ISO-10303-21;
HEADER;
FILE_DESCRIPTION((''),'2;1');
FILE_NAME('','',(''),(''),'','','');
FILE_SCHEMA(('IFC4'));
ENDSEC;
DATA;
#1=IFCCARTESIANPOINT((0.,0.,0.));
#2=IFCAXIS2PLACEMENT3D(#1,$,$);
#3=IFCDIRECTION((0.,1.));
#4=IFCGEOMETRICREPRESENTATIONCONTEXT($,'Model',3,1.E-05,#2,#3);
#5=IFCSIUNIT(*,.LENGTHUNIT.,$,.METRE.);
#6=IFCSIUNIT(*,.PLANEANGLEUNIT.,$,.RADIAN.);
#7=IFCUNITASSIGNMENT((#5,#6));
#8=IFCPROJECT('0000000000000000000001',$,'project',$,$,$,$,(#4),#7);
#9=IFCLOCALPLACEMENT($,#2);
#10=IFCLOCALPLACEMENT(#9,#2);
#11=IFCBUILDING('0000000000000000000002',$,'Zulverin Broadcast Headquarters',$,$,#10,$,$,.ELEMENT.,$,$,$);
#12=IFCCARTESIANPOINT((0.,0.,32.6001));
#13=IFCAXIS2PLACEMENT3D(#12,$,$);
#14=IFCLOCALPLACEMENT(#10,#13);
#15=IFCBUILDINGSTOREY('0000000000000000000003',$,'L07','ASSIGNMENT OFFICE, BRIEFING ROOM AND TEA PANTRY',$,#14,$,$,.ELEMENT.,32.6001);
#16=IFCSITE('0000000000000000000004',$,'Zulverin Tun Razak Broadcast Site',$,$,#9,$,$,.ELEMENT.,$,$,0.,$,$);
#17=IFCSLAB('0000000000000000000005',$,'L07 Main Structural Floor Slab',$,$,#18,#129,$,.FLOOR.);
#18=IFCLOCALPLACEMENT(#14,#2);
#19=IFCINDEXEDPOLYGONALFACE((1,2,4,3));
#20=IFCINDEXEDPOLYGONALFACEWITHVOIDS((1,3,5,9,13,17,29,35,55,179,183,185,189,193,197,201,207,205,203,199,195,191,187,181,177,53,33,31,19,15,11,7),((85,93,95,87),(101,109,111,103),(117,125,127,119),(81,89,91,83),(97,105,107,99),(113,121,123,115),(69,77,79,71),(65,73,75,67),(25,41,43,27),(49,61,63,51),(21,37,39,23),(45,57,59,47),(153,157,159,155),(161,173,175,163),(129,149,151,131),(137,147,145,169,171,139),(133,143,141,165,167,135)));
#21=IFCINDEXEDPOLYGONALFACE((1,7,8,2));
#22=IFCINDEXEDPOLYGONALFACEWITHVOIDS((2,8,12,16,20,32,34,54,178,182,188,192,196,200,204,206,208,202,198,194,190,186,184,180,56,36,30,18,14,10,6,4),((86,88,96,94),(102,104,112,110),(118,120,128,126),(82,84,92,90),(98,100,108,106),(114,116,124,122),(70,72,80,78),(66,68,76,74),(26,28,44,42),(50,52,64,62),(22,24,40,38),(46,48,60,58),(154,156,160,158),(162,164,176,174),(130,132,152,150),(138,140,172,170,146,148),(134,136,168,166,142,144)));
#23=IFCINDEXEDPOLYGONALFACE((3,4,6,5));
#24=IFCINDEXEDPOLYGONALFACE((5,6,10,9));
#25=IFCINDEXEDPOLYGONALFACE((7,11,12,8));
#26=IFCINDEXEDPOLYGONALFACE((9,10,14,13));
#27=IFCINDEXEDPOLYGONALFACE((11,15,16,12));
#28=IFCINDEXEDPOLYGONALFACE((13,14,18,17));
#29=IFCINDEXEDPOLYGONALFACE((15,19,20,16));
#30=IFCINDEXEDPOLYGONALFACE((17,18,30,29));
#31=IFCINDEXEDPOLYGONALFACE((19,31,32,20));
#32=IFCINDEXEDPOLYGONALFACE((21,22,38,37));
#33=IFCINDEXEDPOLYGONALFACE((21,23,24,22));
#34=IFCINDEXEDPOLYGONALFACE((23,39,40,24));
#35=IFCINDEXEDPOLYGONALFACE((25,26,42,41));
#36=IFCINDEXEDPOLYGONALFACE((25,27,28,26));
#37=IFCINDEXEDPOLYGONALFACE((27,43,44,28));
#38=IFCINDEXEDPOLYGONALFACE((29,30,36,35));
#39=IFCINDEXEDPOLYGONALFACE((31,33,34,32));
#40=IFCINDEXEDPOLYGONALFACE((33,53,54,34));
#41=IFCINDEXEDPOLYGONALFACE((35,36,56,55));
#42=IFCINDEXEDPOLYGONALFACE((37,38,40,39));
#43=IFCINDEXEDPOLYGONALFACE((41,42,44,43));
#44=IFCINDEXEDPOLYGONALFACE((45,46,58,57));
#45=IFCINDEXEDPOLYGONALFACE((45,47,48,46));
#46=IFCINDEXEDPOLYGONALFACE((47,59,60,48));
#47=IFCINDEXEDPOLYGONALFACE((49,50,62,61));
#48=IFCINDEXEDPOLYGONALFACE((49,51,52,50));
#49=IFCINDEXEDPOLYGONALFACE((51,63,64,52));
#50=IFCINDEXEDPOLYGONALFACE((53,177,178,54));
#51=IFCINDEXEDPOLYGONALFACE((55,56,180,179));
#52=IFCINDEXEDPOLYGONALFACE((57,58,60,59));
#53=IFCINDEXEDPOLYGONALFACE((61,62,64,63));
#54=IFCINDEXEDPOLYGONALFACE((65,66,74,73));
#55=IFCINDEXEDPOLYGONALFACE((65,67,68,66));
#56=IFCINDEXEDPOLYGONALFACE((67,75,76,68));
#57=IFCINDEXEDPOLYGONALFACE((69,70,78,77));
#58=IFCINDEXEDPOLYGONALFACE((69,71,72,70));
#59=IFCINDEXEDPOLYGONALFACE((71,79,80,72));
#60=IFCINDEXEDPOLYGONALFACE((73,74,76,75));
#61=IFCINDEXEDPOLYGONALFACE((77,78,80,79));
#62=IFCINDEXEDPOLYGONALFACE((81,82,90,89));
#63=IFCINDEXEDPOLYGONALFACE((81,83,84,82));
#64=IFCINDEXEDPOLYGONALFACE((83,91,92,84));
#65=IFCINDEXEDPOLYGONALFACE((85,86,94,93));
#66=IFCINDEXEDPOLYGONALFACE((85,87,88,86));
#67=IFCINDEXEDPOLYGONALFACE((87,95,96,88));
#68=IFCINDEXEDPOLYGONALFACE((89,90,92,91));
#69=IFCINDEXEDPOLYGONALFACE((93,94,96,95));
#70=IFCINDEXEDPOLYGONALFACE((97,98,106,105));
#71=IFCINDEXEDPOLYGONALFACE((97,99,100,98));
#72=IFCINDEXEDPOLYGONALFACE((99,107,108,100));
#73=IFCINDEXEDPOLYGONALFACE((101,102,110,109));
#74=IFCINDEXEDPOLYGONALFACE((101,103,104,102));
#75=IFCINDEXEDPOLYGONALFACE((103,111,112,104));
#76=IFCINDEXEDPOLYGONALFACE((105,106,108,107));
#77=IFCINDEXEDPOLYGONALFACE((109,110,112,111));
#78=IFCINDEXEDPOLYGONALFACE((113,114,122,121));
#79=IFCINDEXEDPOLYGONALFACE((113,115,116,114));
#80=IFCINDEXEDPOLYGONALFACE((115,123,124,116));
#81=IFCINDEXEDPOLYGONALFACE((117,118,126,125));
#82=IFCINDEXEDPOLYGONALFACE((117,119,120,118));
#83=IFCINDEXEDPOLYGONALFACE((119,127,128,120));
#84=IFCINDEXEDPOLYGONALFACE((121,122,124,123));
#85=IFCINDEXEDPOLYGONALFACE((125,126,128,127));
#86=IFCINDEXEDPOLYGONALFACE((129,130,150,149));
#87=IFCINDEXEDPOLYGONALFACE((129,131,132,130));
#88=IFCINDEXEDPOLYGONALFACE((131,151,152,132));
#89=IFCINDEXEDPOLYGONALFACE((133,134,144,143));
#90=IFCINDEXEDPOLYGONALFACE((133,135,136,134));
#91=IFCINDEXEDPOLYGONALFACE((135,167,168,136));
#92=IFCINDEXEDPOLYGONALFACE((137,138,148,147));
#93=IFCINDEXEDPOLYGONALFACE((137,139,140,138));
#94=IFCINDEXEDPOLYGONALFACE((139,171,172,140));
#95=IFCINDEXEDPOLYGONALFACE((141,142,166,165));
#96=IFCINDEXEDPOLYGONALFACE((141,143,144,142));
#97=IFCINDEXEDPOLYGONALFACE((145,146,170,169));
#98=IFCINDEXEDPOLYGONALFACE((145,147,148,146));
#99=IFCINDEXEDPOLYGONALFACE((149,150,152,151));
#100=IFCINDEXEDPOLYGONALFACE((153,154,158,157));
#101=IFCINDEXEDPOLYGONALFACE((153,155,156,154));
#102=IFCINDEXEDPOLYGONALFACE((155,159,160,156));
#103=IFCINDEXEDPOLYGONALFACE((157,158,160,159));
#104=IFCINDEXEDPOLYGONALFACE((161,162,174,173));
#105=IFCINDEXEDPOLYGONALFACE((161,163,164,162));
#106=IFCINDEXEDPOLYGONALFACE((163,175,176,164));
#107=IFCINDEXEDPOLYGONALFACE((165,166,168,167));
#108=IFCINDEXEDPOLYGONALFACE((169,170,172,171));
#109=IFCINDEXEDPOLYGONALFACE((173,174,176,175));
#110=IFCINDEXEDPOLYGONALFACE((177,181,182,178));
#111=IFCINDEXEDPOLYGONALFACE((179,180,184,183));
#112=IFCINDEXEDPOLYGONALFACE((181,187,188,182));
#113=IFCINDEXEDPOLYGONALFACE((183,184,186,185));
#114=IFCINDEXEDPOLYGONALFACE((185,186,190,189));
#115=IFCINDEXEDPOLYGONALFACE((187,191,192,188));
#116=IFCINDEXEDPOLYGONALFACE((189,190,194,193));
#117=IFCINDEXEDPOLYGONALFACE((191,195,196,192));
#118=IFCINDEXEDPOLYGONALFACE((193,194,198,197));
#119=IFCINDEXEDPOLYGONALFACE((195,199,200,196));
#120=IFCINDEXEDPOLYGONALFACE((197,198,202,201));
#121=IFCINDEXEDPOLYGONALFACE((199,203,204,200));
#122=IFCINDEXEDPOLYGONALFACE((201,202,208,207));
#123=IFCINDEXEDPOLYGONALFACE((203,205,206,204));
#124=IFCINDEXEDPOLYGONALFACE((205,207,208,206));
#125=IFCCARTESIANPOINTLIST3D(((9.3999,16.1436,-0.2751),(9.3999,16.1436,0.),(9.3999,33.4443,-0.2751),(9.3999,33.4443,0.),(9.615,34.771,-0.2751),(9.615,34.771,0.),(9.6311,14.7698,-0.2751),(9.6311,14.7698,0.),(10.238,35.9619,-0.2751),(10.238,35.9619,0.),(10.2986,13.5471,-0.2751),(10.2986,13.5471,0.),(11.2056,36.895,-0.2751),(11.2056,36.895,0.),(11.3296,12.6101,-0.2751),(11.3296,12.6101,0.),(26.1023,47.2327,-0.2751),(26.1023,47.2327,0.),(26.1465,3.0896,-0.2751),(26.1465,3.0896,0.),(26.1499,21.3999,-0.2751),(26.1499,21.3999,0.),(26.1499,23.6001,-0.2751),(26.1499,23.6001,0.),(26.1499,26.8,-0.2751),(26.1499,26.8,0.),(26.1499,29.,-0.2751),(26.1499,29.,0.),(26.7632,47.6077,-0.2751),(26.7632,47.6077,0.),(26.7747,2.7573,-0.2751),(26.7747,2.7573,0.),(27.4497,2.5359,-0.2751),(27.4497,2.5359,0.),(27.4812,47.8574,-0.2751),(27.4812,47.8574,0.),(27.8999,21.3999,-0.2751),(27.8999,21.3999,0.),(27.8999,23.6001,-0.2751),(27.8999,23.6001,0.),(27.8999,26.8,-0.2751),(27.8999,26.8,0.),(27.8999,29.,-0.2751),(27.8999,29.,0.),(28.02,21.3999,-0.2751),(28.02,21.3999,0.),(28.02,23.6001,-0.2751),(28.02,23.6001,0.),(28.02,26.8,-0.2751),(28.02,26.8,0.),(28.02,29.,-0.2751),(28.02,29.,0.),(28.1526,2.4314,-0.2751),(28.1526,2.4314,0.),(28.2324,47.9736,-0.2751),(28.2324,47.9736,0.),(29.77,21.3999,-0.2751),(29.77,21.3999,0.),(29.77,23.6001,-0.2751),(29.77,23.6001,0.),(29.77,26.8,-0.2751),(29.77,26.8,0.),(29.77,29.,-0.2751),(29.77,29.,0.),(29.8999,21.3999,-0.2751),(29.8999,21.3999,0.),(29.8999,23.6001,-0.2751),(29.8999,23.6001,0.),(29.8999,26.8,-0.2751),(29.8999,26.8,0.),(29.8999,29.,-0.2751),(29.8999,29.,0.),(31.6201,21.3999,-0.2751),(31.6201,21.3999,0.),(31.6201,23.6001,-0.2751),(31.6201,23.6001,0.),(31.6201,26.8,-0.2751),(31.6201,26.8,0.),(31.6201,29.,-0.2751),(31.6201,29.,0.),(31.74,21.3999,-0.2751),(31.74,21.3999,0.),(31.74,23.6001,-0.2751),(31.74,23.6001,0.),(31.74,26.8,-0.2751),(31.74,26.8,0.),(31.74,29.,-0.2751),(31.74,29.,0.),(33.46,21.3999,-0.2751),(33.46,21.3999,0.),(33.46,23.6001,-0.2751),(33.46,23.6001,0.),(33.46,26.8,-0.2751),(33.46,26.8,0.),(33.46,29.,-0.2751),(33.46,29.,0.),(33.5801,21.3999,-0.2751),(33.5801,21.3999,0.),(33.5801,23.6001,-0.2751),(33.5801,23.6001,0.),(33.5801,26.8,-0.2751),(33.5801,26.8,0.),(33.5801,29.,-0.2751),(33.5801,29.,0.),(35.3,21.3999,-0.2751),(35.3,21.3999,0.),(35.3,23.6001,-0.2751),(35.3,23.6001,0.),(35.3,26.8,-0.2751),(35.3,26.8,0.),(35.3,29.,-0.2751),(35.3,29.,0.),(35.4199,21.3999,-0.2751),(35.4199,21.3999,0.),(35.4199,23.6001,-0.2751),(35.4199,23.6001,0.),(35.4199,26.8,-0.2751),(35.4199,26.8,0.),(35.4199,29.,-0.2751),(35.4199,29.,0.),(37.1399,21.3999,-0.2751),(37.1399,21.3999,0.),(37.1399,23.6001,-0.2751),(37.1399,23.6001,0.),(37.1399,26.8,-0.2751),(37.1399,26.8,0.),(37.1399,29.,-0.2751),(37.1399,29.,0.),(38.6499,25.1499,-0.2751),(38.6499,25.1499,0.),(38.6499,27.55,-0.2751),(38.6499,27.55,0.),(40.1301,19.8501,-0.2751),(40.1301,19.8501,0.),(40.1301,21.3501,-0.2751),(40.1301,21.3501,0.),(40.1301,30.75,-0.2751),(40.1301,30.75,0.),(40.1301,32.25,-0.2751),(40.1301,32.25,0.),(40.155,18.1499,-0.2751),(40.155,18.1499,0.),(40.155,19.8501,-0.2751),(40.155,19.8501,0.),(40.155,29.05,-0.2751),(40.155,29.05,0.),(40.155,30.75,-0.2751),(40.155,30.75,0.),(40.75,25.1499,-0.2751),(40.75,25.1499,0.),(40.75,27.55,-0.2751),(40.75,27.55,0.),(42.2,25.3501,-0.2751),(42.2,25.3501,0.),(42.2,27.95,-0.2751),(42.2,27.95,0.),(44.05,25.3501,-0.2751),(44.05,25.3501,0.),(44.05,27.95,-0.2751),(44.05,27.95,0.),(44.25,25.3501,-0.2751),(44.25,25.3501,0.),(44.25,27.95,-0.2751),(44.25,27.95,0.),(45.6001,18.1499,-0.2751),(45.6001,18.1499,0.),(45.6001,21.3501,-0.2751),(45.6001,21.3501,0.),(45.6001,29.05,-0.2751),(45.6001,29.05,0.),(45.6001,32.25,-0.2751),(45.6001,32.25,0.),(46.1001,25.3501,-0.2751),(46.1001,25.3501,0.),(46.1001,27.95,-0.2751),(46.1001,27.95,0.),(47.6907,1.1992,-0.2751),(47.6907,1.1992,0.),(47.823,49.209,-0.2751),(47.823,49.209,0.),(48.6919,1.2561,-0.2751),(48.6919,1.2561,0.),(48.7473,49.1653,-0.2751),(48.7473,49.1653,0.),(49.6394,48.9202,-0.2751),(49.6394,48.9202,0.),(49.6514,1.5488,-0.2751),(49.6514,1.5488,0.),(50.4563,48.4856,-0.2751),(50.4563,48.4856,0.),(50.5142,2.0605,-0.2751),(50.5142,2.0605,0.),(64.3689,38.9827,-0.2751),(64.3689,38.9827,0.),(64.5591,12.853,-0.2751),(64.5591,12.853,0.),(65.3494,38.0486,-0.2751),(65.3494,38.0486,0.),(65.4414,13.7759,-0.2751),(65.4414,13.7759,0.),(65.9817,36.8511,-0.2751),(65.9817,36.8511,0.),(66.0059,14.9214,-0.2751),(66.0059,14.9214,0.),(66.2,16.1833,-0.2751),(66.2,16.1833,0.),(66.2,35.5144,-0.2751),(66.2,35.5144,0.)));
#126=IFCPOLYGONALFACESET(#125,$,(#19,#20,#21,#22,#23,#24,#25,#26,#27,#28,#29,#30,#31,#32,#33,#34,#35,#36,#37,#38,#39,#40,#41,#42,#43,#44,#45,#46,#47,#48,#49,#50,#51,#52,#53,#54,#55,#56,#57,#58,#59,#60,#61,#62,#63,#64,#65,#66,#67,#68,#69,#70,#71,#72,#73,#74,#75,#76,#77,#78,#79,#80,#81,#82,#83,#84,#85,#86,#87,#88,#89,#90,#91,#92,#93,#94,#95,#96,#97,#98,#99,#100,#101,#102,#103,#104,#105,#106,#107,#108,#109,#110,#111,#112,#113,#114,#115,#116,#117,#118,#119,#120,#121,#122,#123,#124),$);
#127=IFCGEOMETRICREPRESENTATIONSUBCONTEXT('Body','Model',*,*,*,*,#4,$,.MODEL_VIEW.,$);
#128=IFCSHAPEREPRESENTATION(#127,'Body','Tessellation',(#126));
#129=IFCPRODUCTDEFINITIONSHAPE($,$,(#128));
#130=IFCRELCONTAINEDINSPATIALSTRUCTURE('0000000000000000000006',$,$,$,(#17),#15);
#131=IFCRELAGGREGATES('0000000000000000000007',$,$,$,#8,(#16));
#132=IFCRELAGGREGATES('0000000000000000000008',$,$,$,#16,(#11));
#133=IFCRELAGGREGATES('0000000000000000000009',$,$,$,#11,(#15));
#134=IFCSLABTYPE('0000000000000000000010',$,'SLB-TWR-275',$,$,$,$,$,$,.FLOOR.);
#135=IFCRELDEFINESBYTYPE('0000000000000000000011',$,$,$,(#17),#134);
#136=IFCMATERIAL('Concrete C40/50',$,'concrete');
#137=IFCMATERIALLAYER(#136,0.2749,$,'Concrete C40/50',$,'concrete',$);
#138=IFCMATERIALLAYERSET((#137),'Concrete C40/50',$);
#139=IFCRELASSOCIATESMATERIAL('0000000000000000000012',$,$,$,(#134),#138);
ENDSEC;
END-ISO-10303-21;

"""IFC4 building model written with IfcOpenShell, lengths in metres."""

from ifc_helpers import new_model, si_unit, direction, frame, origin, place, context, subcontext, project, spatial, polyline, outline, extrude, material, layer, layer_set, type_object, element, save


model = new_model("IFC4")

# Units and contexts
model_context = context("Model", 3, precision=1e-05, world=origin(), true_north=direction((0.0, 1.0)))
body_context = subcontext(model_context, "Body", "Model", "MODEL_VIEW")
ifc_project = project(units=[si_unit("LENGTHUNIT", "METRE"), si_unit("PLANEANGLEUNIT", "RADIAN")], contexts=[model_context])

# Site, building, storey
site_placement = place(None, origin())
site = spatial("IfcSite", under=ifc_project, at=site_placement, Name="Zulverin Tun Razak Broadcast Site", CompositionType="ELEMENT", RefElevation=0.0)
building_placement = place(site_placement, origin())
building = spatial("IfcBuilding", under=site, at=building_placement, Name="Zulverin Broadcast Headquarters", CompositionType="ELEMENT")
storey_placement = place(building_placement, frame((0.0, 0.0, 32.6001)))
storey = spatial("IfcBuildingStorey", under=building, at=storey_placement, Name="L07", Description="ASSIGNMENT OFFICE, BRIEFING ROOM AND TEA PANTRY", CompositionType="ELEMENT", Elevation=32.6001)

# Shared definitions
ifc_material_1 = material(Name="Concrete C40/50", Category="concrete")

# Slab
ifc_layer_1 = layer(ifc_material_1, 0.2749, Name="Concrete C40/50", Category="concrete")
ifc_layer_set_1 = layer_set([ifc_layer_1], Name="Concrete C40/50")
slab_type_1 = type_object("IfcSlabType", Name="SLB-TWR-275", PredefinedType="FLOOR", material=ifc_layer_set_1)
slab_1_placement = place(storey_placement, frame((0.0, 0.0, -0.2751)))
element("IfcSlab", 1, at=slab_1_placement, inside=storey, type_object=slab_type_1, Name="L07 Main Structural Floor Slab", PredefinedType="FLOOR", context=body_context, shape_type="SweptSolid", body=[
    extrude(outline(polyline([(26.1465, 3.0896), (26.7747, 2.7573), (27.4497, 2.5359), (28.1526, 2.4314), (47.6907, 1.1992), (48.6919, 1.2561), (49.6514, 1.5488), (50.5142, 2.0605), (64.5591, 12.853), (65.4414, 13.7759), (66.0059, 14.9214), (66.2, 16.1833), (66.2, 35.5144), (65.9817, 36.8511), (65.3494, 38.0486), (64.3689, 38.9827), (50.4563, 48.4856), (49.6394, 48.9202), (48.7473, 49.1653), (47.823, 49.209), (28.2324, 47.9736), (27.4812, 47.8574), (26.7632, 47.6077), (26.1023, 47.2327), (11.2056, 36.895), (10.238, 35.9619), (9.615, 34.771), (9.3999, 33.4443), (9.3999, 16.1436), (9.6311, 14.7698), (10.2986, 13.5471), (11.3296, 12.6101), (26.1465, 3.0896)]), holes=[polyline([(40.155, 30.75), (40.1301, 30.75), (40.1301, 32.25), (45.6001, 32.25), (45.6001, 29.05), (40.155, 29.05), (40.155, 30.75)]), polyline([(40.155, 19.8501), (40.1301, 19.8501), (40.1301, 21.3501), (45.6001, 21.3501), (45.6001, 18.1499), (40.155, 18.1499), (40.155, 19.8501)]), polyline([(26.1499, 26.8), (27.8999, 26.8), (27.8999, 29.0), (26.1499, 29.0), (26.1499, 26.8)]), polyline([(28.02, 26.8), (29.77, 26.8), (29.77, 29.0), (28.02, 29.0), (28.02, 26.8)]), polyline([(26.1499, 21.3999), (27.8999, 21.3999), (27.8999, 23.6001), (26.1499, 23.6001), (26.1499, 21.3999)]), polyline([(28.02, 21.3999), (29.77, 21.3999), (29.77, 23.6001), (28.02, 23.6001), (28.02, 21.3999)]), polyline([(29.8999, 21.3999), (31.6201, 21.3999), (31.6201, 23.6001), (29.8999, 23.6001), (29.8999, 21.3999)]), polyline([(31.74, 21.3999), (33.46, 21.3999), (33.46, 23.6001), (31.74, 23.6001), (31.74, 21.3999)]), polyline([(33.5801, 21.3999), (35.3, 21.3999), (35.3, 23.6001), (33.5801, 23.6001), (33.5801, 21.3999)]), polyline([(35.4199, 21.3999), (37.1399, 21.3999), (37.1399, 23.6001), (35.4199, 23.6001), (35.4199, 21.3999)]), polyline([(29.8999, 26.8), (31.6201, 26.8), (31.6201, 29.0), (29.8999, 29.0), (29.8999, 26.8)]), polyline([(31.74, 26.8), (33.46, 26.8), (33.46, 29.0), (31.74, 29.0), (31.74, 26.8)]), polyline([(33.5801, 26.8), (35.3, 26.8), (35.3, 29.0), (33.5801, 29.0), (33.5801, 26.8)]), polyline([(35.4199, 26.8), (37.1399, 26.8), (37.1399, 29.0), (35.4199, 29.0), (35.4199, 26.8)]), polyline([(42.2, 25.3501), (44.05, 25.3501), (44.05, 27.95), (42.2, 27.95), (42.2, 25.3501)]), polyline([(44.25, 25.3501), (46.1001, 25.3501), (46.1001, 27.95), (44.25, 27.95), (44.25, 25.3501)]), polyline([(38.6499, 25.1499), (40.75, 25.1499), (40.75, 27.55), (38.6499, 27.55), (38.6499, 25.1499)])]), origin(), (0.0, 0.0, 1.0), 0.2751),
])

save(model, "model.ifc")
